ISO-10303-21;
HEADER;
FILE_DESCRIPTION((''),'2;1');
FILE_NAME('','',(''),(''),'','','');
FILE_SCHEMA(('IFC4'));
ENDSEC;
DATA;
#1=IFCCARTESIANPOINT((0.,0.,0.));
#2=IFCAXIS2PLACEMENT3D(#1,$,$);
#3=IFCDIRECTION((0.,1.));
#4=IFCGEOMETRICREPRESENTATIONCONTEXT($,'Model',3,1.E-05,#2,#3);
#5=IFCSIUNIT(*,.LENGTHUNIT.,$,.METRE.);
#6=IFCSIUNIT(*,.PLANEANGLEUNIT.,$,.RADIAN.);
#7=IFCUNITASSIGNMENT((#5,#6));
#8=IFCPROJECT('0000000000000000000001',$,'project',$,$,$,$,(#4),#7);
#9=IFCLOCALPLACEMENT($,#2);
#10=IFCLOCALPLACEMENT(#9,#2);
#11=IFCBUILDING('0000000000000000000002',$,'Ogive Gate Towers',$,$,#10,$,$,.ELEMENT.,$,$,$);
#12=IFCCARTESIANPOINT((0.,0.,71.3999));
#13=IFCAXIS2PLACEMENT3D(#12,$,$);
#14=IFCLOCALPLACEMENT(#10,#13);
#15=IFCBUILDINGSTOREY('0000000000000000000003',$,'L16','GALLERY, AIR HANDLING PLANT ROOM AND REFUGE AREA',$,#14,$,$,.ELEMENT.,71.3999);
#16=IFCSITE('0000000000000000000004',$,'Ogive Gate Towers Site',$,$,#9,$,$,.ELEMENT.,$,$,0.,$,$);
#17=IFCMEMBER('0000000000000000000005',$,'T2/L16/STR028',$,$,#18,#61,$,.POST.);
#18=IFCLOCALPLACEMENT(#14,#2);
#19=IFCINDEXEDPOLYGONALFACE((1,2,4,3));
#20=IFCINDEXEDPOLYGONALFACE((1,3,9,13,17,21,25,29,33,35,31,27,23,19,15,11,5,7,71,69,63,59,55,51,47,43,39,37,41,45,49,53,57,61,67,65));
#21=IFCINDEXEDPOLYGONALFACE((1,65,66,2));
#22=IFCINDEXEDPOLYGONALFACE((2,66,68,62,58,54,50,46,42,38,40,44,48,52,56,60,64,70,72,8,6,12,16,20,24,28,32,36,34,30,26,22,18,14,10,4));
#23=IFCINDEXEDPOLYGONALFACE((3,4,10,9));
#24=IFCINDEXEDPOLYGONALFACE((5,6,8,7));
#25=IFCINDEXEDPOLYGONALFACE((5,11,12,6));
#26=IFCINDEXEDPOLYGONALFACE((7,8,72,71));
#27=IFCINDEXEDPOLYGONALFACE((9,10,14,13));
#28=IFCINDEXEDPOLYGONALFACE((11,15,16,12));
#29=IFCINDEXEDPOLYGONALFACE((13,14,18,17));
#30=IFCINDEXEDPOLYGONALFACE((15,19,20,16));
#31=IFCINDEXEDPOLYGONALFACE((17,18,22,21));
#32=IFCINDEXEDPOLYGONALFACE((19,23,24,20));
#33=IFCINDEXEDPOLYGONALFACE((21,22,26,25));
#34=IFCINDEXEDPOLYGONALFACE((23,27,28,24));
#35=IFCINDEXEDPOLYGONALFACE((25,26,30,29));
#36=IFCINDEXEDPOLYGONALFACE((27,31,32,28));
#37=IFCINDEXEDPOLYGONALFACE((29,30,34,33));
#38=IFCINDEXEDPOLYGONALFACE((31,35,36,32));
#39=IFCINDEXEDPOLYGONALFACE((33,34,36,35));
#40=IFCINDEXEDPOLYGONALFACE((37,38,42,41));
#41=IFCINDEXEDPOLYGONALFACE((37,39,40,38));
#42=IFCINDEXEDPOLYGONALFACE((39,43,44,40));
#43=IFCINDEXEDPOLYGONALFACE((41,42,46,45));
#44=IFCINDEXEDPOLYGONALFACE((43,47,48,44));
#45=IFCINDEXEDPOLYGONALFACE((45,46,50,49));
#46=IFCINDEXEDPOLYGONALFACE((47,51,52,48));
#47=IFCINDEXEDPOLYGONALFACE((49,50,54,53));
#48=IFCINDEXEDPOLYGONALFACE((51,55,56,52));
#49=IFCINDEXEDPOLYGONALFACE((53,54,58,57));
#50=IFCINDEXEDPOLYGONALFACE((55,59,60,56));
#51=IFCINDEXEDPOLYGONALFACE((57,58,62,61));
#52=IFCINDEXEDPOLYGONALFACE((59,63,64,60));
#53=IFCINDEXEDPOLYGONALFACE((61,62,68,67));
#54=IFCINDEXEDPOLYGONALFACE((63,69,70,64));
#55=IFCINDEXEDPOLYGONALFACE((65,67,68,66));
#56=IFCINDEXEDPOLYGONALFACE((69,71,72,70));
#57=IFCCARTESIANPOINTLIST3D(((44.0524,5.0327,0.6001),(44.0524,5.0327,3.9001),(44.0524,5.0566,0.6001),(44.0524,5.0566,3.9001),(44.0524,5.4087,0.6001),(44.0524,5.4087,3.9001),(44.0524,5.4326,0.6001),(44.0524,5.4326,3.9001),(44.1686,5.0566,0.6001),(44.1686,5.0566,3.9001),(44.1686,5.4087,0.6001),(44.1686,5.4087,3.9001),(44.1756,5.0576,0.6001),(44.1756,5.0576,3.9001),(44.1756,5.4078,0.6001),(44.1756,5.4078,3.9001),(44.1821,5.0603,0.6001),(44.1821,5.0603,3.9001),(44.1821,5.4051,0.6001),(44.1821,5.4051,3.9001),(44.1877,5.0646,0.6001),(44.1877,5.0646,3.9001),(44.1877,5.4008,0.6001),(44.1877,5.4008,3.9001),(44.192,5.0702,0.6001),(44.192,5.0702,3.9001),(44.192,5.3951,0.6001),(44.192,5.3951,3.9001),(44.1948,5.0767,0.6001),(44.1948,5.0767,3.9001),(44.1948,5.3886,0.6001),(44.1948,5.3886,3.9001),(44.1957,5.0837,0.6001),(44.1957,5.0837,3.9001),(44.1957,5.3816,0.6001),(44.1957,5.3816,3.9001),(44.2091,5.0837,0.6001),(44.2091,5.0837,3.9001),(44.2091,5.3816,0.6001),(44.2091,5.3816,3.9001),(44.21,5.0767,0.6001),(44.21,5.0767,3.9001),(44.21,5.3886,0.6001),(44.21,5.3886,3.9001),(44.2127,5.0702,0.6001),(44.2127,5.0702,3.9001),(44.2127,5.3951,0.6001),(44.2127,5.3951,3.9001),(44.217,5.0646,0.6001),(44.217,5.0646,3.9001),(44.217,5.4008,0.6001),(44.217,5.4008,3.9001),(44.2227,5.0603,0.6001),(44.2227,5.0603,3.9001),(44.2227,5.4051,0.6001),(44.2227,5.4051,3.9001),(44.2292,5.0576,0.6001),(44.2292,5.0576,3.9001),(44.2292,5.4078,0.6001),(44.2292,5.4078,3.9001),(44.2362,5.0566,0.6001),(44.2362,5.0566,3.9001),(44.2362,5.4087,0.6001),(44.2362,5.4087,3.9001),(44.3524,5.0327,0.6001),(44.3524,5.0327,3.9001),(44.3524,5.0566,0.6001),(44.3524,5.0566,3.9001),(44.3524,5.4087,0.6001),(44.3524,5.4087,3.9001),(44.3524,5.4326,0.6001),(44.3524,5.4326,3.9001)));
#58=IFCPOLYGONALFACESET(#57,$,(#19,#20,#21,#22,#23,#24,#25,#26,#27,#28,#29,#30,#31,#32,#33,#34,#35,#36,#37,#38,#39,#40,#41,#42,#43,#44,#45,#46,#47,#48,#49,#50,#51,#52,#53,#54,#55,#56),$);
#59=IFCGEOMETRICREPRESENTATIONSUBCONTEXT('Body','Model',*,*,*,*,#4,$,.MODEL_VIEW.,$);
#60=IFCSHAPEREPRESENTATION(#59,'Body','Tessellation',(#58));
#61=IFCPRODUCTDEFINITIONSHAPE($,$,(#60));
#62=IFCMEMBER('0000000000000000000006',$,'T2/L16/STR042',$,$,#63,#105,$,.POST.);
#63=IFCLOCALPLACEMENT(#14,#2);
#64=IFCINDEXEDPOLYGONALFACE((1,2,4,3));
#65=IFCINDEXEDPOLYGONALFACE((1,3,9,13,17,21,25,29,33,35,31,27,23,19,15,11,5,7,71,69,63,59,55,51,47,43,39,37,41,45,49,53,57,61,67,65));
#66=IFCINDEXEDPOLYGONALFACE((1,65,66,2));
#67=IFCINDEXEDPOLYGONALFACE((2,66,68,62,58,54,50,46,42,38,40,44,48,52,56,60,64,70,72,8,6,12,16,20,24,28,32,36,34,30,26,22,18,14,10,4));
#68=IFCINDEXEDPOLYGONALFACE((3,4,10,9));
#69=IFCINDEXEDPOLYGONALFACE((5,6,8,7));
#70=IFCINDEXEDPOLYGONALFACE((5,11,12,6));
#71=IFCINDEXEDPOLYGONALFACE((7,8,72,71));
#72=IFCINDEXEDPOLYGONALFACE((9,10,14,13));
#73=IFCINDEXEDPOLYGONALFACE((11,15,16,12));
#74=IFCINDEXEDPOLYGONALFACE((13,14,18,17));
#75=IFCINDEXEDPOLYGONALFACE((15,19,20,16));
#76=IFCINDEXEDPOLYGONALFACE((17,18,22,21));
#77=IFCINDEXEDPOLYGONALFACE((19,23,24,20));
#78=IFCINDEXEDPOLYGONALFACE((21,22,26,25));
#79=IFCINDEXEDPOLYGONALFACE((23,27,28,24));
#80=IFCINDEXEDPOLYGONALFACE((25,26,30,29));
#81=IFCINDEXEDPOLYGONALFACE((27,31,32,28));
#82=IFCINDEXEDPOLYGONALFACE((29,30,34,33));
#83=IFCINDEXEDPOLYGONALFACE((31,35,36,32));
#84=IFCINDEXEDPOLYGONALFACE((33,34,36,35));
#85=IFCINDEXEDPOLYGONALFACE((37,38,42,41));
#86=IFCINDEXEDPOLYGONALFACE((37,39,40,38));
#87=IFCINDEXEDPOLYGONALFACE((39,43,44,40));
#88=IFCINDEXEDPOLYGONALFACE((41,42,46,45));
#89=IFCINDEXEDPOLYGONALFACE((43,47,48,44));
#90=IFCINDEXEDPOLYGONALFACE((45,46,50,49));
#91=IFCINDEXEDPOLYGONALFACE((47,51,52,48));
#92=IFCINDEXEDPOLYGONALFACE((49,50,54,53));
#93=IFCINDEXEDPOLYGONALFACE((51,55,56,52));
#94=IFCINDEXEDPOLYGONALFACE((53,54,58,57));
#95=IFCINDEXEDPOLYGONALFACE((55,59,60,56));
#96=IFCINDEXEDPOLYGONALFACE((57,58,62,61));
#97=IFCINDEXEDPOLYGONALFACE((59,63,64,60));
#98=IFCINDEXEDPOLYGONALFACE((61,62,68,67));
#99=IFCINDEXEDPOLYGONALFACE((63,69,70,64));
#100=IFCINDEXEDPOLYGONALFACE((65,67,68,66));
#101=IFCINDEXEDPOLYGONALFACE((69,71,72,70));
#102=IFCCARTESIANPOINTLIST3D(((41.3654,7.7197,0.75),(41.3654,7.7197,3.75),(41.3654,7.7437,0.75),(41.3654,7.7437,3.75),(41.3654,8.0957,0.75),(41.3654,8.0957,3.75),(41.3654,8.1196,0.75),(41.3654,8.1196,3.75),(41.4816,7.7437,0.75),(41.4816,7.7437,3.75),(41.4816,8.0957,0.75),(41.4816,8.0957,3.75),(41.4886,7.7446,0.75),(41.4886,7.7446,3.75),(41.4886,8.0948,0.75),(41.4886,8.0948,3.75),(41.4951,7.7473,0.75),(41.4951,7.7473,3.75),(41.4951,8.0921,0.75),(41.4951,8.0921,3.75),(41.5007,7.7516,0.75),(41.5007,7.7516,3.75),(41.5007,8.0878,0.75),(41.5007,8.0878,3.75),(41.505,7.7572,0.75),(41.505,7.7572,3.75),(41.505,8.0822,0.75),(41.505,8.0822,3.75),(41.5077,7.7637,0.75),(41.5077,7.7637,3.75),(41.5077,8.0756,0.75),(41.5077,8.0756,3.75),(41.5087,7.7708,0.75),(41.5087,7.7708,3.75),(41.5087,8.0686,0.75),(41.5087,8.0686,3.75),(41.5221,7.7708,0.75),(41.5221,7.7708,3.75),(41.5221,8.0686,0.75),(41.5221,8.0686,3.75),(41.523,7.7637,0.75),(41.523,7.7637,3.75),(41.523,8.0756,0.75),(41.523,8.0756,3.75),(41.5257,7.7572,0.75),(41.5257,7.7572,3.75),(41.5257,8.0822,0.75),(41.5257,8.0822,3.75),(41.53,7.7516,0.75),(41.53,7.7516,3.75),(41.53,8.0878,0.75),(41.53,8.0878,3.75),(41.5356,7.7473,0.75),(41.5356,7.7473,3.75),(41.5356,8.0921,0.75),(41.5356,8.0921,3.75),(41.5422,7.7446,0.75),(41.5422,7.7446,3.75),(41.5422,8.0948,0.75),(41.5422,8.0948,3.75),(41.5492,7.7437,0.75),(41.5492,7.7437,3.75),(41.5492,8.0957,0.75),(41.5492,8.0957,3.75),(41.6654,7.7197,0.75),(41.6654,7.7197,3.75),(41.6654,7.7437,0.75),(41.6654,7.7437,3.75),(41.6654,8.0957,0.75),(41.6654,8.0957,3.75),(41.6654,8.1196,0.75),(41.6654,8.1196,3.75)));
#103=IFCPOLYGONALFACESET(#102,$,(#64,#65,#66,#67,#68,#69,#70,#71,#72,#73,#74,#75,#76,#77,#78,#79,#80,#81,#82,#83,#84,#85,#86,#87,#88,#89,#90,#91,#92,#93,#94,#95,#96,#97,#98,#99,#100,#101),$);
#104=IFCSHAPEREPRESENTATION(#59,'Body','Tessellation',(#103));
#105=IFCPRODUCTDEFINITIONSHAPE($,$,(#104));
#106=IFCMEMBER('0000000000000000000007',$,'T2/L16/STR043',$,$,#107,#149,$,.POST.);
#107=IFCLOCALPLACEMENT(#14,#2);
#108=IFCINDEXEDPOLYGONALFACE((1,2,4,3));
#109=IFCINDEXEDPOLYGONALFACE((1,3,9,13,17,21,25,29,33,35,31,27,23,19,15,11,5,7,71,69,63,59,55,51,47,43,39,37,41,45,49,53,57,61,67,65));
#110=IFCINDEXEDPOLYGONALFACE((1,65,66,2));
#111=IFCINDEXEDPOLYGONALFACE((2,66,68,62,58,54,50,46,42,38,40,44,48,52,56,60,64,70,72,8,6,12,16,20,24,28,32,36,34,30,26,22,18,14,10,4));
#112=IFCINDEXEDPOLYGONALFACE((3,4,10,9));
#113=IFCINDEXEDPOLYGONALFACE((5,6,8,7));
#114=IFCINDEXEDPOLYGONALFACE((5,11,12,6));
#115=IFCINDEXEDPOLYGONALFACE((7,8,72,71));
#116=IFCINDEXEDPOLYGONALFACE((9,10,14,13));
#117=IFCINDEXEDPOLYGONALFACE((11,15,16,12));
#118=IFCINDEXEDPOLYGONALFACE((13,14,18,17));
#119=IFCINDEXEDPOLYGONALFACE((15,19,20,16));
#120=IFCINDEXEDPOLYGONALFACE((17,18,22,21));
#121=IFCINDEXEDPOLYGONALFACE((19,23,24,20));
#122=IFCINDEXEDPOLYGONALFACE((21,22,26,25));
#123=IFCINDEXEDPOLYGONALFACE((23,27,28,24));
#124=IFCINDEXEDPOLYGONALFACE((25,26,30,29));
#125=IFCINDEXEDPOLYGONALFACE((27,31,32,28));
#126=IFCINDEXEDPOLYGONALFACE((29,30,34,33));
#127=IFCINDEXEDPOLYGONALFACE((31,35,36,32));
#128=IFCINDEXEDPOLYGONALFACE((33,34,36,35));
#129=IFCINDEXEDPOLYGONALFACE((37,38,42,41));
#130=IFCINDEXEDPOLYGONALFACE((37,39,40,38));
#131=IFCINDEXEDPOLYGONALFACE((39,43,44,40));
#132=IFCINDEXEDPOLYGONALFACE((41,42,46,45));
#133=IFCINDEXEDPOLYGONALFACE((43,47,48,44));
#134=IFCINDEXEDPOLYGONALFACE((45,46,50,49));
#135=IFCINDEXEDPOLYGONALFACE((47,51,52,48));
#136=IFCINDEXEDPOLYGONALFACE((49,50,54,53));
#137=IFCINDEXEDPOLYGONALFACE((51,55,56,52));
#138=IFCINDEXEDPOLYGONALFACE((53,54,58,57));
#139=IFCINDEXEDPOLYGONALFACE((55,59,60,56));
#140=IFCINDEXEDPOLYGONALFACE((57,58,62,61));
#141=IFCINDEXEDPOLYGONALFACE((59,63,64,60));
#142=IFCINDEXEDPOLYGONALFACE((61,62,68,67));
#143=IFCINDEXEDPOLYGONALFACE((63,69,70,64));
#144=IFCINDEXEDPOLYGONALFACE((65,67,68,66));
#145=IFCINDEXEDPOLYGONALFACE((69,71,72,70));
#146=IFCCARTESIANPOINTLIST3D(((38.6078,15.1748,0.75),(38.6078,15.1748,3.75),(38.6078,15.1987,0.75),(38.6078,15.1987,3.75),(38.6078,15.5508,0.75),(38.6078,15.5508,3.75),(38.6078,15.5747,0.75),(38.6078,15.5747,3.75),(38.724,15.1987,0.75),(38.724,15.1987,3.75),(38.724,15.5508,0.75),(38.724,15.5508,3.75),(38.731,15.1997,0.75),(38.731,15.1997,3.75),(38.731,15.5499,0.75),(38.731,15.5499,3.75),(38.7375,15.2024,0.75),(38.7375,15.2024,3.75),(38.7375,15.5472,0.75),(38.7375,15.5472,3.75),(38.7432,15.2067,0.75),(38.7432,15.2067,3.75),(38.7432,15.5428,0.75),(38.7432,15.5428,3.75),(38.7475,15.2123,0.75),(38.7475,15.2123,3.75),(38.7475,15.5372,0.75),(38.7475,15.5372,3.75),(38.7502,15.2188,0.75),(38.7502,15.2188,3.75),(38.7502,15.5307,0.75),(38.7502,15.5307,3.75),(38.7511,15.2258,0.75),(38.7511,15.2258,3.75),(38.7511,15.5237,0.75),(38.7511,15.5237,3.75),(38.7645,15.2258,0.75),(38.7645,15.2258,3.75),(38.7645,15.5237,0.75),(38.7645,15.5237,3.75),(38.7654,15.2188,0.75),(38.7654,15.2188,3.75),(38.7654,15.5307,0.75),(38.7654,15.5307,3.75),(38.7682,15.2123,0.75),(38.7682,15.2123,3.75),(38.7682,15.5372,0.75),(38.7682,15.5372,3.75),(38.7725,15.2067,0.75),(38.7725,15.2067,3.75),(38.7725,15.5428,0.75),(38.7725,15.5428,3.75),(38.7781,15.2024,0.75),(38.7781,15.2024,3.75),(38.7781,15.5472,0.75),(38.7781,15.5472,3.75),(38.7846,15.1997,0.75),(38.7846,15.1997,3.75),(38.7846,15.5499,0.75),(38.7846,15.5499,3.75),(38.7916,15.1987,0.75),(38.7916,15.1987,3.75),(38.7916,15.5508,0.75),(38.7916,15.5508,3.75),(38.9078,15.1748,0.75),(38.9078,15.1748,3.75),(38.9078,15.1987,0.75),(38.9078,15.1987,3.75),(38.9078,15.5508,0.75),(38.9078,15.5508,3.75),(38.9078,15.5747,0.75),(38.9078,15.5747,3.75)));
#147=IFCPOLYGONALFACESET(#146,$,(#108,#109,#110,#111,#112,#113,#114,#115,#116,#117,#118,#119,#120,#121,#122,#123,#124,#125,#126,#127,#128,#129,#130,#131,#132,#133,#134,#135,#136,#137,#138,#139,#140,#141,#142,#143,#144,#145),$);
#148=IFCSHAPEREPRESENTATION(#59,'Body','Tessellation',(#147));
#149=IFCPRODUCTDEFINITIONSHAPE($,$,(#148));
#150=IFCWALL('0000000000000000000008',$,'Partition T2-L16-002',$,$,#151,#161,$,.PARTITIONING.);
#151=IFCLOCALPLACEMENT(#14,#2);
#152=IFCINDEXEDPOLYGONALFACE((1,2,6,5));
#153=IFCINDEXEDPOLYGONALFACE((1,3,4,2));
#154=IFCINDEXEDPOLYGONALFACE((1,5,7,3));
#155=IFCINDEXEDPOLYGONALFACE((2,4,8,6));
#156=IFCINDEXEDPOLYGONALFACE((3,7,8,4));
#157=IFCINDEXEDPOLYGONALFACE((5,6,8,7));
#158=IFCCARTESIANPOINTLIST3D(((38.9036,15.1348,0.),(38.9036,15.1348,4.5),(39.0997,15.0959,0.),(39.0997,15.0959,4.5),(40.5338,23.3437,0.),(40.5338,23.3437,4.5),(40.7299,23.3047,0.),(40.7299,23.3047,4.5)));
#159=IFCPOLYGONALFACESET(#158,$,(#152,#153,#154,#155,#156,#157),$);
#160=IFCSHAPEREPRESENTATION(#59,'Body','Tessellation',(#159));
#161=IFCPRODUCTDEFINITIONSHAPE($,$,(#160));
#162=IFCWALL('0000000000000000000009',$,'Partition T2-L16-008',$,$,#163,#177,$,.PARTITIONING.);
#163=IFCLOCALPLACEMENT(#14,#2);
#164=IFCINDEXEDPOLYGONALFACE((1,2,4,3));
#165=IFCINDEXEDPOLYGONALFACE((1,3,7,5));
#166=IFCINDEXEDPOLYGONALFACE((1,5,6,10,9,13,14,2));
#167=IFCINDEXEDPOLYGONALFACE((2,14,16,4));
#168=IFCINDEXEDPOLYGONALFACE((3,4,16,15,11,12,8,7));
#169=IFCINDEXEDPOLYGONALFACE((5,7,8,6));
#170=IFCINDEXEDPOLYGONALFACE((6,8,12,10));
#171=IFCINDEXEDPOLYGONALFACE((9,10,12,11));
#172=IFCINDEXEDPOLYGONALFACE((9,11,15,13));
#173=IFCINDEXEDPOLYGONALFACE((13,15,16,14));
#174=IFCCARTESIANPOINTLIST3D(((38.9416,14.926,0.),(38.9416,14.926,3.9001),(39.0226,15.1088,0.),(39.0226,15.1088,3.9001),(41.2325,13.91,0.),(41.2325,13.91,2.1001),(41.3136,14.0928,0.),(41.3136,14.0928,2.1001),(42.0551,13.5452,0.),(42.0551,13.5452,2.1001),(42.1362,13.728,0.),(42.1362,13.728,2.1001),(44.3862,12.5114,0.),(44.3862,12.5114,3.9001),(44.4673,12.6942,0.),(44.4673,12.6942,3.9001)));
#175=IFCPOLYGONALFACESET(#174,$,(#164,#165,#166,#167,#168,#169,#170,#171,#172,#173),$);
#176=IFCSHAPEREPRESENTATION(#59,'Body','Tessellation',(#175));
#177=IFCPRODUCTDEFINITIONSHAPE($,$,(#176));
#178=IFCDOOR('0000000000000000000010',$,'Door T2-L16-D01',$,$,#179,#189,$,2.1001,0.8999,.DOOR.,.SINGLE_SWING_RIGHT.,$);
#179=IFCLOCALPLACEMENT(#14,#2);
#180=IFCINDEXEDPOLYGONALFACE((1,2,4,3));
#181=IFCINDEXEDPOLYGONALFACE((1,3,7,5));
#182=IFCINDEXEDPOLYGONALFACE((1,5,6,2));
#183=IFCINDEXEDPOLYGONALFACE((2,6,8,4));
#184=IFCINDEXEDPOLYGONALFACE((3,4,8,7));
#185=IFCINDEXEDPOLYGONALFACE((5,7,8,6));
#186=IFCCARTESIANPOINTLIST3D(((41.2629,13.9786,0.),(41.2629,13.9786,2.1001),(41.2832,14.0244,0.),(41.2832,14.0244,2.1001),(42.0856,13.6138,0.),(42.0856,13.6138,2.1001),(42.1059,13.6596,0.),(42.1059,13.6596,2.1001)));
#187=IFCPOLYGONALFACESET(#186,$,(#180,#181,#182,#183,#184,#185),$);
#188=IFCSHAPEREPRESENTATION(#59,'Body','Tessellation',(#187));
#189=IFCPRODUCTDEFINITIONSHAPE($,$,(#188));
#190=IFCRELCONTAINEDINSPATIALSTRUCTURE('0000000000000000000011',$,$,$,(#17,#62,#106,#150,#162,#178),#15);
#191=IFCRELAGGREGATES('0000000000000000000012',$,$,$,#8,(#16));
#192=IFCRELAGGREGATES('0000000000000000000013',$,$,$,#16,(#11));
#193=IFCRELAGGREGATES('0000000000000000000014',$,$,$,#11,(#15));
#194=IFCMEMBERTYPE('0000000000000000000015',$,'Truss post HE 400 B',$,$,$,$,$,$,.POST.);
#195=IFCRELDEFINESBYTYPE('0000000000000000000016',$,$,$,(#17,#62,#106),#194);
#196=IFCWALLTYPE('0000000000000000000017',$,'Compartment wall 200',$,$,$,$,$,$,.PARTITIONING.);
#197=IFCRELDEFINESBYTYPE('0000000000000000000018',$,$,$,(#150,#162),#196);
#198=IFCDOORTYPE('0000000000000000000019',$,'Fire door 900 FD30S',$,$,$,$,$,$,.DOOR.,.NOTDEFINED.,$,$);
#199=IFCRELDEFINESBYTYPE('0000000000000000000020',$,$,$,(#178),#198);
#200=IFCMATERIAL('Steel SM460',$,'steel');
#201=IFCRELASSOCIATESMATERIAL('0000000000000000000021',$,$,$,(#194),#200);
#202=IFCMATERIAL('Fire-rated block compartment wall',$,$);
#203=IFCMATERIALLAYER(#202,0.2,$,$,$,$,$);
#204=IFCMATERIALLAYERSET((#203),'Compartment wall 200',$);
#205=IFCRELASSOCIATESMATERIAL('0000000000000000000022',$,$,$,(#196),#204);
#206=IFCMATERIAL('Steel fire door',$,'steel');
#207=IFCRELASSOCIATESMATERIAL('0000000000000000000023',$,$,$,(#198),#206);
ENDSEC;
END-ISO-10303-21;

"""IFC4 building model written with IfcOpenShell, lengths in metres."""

from ifc_helpers import new_model, si_unit, direction, frame, frame_2d, origin, origin_2d, place, context, subcontext, project, spatial, rectangle, i_section, extrude, material, layer, layer_set, material_profile, profile_set, type_object, element, fill, save


model = new_model("IFC4")

# Units and contexts
model_context = context("Model", 3, precision=1e-05, world=origin(), true_north=direction((0.0, 1.0)))
body_context = subcontext(model_context, "Body", "Model", "MODEL_VIEW")
ifc_project = project(units=[si_unit("LENGTHUNIT", "METRE"), si_unit("PLANEANGLEUNIT", "RADIAN")], contexts=[model_context])

# Site, building, storey
site_placement = place(None, origin())
site = spatial("IfcSite", under=ifc_project, at=site_placement, Name="Ogive Gate Towers Site", CompositionType="ELEMENT", RefElevation=0.0)
building_placement = place(site_placement, origin())
building = spatial("IfcBuilding", under=site, at=building_placement, Name="Ogive Gate Towers", CompositionType="ELEMENT")
storey_placement = place(building_placement, frame((0.0, 0.0, 71.3999)))
storey = spatial("IfcBuildingStorey", under=building, at=storey_placement, Name="L16", Description="GALLERY, AIR HANDLING PLANT ROOM AND REFUGE AREA", CompositionType="ELEMENT", Elevation=71.3999)

# Shared definitions
ifc_material_1 = material(Name="Steel SM460", Category="steel")

# Members
ifc_material_profile_1 = material_profile(ifc_material_1, i_section(OverallWidth=0.3, OverallDepth=0.3999, WebThickness=0.0134, FlangeThickness=0.0239, FilletRadius=0.0271, at=origin_2d()), Name="HE 400 B")
ifc_profile_set_1 = profile_set([ifc_material_profile_1], Name="Steel SM460")
member_type_1 = type_object("IfcMemberType", Name="Truss post HE 400 B", PredefinedType="POST", material=ifc_profile_set_1)
member_1_placement = place(storey_placement, frame((44.2024, 5.2327, 0.6001), z_axis=(0.0, 0.0, 1.0), x_axis=(1.0, 0.0, 0.0)))
element("IfcMember", 1, at=member_1_placement, inside=storey, type_object=member_type_1, Name="T2/L16/STR028", PredefinedType="POST", context=body_context, shape_type="SweptSolid", body=[
    extrude(i_section(OverallWidth=0.3, OverallDepth=0.3999, WebThickness=0.0134, FlangeThickness=0.0239, FilletRadius=0.0271, at=origin_2d()), origin(), (0.0, 0.0, 1.0), 3.3),
])
for number, where, z_axis, x_axis, name in (
    (2, (41.5154, 7.9197, 0.75), (0.0, 0.0, 1.0), (1.0, 0.0, 0.0), "T2/L16/STR042"),
    (3, (38.7578, 15.3748, 0.75), (0.0, 0.0, 1.0), (1.0, 0.0, 0.0), "T2/L16/STR043"),
):
    element("IfcMember", number, at=place(storey_placement, frame(where, z_axis=z_axis, x_axis=x_axis)), inside=storey, type_object=member_type_1, Name=name, PredefinedType="POST", context=body_context, shape_type="SweptSolid", body=[
        extrude(i_section(OverallWidth=0.3, OverallDepth=0.3999, WebThickness=0.0134, FlangeThickness=0.0239, FilletRadius=0.0271, at=origin_2d()), origin(), (0.0, 0.0, 1.0), 3.0),
    ])

# Wall
ifc_material_2 = material(Name="Fire-rated block compartment wall")
ifc_layer_1 = layer(ifc_material_2, 0.2)
ifc_layer_set_1 = layer_set([ifc_layer_1], Name="Compartment wall 200")
wall_type_1 = type_object("IfcWallType", Name="Compartment wall 200", PredefinedType="PARTITIONING", material=ifc_layer_set_1)
wall_1_placement = place(storey_placement, frame((40.6318, 23.3242, 0.0), z_axis=(0.0, 0.0, 1.0), x_axis=(-0.194781, -0.980847, 0.0)))
element("IfcWall", 4, at=wall_1_placement, inside=storey, type_object=wall_type_1, Name="Partition T2-L16-002", PredefinedType="PARTITIONING", context=body_context, shape_type="SweptSolid", body=[
    extrude(rectangle(XDim=8.3691, YDim=0.2, at=frame_2d((4.1846, 0.0))), origin(), (0.0, 0.0, 1.0), 4.5),
])

# Wall, opening, door
wall_2_placement = place(storey_placement, frame((44.4268, 12.6028, 0.0), z_axis=(0.0, 0.0, 1.0), x_axis=(-0.914139, 0.4054, 0.0)))
wall_2 = element("IfcWall", 5, at=wall_2_placement, inside=storey, type_object=wall_type_1, Name="Partition T2-L16-008", PredefinedType="PARTITIONING", context=body_context, shape_type="SweptSolid", body=[
    extrude(rectangle(XDim=5.9561, YDim=0.2, at=frame_2d((2.978, 0.0))), origin(), (0.0, 0.0, 1.0), 3.9001),
])
opening_1_placement = place(wall_2_placement, frame((2.55, 0.0, 0.0)))
opening_1 = element("IfcOpeningElement", 6, at=opening_1_placement, cuts=wall_2, PredefinedType="OPENING", context=body_context, shape_type="SweptSolid", body=[
    extrude(rectangle(XDim=0.8999, YDim=2.1001, at=frame_2d((0.45, 1.05))), frame((0.0, 0.1099, 0.0), z_axis=(0.0, -1.0, 0.0), x_axis=(1.0, 0.0, 0.0)), (0.0, 0.0, 1.0), 0.22),
])
ifc_material_3 = material(Name="Steel fire door", Category="steel")
door_type = type_object("IfcDoorType", Name="Fire door 900 FD30S", OperationType="NOTDEFINED", PredefinedType="DOOR", material=ifc_material_3)
door_1_placement = place(opening_1_placement, origin())
door_1 = element("IfcDoor", 7, at=door_1_placement, inside=storey, type_object=door_type, Name="Door T2-L16-D01", OperationType="SINGLE_SWING_RIGHT", OverallHeight=2.1001, OverallWidth=0.8999, PredefinedType="DOOR", context=body_context, shape_type="SweptSolid", body=[
    extrude(rectangle(XDim=0.8999, YDim=2.1001, at=frame_2d((0.45, 1.05))), frame((0.0, 0.0249, 0.0), z_axis=(0.0, -1.0, 0.0), x_axis=(1.0, 0.0, 0.0)), (0.0, 0.0, 1.0), 0.05),
])
fill(opening_1, door_1)

save(model, "model.ifc")
